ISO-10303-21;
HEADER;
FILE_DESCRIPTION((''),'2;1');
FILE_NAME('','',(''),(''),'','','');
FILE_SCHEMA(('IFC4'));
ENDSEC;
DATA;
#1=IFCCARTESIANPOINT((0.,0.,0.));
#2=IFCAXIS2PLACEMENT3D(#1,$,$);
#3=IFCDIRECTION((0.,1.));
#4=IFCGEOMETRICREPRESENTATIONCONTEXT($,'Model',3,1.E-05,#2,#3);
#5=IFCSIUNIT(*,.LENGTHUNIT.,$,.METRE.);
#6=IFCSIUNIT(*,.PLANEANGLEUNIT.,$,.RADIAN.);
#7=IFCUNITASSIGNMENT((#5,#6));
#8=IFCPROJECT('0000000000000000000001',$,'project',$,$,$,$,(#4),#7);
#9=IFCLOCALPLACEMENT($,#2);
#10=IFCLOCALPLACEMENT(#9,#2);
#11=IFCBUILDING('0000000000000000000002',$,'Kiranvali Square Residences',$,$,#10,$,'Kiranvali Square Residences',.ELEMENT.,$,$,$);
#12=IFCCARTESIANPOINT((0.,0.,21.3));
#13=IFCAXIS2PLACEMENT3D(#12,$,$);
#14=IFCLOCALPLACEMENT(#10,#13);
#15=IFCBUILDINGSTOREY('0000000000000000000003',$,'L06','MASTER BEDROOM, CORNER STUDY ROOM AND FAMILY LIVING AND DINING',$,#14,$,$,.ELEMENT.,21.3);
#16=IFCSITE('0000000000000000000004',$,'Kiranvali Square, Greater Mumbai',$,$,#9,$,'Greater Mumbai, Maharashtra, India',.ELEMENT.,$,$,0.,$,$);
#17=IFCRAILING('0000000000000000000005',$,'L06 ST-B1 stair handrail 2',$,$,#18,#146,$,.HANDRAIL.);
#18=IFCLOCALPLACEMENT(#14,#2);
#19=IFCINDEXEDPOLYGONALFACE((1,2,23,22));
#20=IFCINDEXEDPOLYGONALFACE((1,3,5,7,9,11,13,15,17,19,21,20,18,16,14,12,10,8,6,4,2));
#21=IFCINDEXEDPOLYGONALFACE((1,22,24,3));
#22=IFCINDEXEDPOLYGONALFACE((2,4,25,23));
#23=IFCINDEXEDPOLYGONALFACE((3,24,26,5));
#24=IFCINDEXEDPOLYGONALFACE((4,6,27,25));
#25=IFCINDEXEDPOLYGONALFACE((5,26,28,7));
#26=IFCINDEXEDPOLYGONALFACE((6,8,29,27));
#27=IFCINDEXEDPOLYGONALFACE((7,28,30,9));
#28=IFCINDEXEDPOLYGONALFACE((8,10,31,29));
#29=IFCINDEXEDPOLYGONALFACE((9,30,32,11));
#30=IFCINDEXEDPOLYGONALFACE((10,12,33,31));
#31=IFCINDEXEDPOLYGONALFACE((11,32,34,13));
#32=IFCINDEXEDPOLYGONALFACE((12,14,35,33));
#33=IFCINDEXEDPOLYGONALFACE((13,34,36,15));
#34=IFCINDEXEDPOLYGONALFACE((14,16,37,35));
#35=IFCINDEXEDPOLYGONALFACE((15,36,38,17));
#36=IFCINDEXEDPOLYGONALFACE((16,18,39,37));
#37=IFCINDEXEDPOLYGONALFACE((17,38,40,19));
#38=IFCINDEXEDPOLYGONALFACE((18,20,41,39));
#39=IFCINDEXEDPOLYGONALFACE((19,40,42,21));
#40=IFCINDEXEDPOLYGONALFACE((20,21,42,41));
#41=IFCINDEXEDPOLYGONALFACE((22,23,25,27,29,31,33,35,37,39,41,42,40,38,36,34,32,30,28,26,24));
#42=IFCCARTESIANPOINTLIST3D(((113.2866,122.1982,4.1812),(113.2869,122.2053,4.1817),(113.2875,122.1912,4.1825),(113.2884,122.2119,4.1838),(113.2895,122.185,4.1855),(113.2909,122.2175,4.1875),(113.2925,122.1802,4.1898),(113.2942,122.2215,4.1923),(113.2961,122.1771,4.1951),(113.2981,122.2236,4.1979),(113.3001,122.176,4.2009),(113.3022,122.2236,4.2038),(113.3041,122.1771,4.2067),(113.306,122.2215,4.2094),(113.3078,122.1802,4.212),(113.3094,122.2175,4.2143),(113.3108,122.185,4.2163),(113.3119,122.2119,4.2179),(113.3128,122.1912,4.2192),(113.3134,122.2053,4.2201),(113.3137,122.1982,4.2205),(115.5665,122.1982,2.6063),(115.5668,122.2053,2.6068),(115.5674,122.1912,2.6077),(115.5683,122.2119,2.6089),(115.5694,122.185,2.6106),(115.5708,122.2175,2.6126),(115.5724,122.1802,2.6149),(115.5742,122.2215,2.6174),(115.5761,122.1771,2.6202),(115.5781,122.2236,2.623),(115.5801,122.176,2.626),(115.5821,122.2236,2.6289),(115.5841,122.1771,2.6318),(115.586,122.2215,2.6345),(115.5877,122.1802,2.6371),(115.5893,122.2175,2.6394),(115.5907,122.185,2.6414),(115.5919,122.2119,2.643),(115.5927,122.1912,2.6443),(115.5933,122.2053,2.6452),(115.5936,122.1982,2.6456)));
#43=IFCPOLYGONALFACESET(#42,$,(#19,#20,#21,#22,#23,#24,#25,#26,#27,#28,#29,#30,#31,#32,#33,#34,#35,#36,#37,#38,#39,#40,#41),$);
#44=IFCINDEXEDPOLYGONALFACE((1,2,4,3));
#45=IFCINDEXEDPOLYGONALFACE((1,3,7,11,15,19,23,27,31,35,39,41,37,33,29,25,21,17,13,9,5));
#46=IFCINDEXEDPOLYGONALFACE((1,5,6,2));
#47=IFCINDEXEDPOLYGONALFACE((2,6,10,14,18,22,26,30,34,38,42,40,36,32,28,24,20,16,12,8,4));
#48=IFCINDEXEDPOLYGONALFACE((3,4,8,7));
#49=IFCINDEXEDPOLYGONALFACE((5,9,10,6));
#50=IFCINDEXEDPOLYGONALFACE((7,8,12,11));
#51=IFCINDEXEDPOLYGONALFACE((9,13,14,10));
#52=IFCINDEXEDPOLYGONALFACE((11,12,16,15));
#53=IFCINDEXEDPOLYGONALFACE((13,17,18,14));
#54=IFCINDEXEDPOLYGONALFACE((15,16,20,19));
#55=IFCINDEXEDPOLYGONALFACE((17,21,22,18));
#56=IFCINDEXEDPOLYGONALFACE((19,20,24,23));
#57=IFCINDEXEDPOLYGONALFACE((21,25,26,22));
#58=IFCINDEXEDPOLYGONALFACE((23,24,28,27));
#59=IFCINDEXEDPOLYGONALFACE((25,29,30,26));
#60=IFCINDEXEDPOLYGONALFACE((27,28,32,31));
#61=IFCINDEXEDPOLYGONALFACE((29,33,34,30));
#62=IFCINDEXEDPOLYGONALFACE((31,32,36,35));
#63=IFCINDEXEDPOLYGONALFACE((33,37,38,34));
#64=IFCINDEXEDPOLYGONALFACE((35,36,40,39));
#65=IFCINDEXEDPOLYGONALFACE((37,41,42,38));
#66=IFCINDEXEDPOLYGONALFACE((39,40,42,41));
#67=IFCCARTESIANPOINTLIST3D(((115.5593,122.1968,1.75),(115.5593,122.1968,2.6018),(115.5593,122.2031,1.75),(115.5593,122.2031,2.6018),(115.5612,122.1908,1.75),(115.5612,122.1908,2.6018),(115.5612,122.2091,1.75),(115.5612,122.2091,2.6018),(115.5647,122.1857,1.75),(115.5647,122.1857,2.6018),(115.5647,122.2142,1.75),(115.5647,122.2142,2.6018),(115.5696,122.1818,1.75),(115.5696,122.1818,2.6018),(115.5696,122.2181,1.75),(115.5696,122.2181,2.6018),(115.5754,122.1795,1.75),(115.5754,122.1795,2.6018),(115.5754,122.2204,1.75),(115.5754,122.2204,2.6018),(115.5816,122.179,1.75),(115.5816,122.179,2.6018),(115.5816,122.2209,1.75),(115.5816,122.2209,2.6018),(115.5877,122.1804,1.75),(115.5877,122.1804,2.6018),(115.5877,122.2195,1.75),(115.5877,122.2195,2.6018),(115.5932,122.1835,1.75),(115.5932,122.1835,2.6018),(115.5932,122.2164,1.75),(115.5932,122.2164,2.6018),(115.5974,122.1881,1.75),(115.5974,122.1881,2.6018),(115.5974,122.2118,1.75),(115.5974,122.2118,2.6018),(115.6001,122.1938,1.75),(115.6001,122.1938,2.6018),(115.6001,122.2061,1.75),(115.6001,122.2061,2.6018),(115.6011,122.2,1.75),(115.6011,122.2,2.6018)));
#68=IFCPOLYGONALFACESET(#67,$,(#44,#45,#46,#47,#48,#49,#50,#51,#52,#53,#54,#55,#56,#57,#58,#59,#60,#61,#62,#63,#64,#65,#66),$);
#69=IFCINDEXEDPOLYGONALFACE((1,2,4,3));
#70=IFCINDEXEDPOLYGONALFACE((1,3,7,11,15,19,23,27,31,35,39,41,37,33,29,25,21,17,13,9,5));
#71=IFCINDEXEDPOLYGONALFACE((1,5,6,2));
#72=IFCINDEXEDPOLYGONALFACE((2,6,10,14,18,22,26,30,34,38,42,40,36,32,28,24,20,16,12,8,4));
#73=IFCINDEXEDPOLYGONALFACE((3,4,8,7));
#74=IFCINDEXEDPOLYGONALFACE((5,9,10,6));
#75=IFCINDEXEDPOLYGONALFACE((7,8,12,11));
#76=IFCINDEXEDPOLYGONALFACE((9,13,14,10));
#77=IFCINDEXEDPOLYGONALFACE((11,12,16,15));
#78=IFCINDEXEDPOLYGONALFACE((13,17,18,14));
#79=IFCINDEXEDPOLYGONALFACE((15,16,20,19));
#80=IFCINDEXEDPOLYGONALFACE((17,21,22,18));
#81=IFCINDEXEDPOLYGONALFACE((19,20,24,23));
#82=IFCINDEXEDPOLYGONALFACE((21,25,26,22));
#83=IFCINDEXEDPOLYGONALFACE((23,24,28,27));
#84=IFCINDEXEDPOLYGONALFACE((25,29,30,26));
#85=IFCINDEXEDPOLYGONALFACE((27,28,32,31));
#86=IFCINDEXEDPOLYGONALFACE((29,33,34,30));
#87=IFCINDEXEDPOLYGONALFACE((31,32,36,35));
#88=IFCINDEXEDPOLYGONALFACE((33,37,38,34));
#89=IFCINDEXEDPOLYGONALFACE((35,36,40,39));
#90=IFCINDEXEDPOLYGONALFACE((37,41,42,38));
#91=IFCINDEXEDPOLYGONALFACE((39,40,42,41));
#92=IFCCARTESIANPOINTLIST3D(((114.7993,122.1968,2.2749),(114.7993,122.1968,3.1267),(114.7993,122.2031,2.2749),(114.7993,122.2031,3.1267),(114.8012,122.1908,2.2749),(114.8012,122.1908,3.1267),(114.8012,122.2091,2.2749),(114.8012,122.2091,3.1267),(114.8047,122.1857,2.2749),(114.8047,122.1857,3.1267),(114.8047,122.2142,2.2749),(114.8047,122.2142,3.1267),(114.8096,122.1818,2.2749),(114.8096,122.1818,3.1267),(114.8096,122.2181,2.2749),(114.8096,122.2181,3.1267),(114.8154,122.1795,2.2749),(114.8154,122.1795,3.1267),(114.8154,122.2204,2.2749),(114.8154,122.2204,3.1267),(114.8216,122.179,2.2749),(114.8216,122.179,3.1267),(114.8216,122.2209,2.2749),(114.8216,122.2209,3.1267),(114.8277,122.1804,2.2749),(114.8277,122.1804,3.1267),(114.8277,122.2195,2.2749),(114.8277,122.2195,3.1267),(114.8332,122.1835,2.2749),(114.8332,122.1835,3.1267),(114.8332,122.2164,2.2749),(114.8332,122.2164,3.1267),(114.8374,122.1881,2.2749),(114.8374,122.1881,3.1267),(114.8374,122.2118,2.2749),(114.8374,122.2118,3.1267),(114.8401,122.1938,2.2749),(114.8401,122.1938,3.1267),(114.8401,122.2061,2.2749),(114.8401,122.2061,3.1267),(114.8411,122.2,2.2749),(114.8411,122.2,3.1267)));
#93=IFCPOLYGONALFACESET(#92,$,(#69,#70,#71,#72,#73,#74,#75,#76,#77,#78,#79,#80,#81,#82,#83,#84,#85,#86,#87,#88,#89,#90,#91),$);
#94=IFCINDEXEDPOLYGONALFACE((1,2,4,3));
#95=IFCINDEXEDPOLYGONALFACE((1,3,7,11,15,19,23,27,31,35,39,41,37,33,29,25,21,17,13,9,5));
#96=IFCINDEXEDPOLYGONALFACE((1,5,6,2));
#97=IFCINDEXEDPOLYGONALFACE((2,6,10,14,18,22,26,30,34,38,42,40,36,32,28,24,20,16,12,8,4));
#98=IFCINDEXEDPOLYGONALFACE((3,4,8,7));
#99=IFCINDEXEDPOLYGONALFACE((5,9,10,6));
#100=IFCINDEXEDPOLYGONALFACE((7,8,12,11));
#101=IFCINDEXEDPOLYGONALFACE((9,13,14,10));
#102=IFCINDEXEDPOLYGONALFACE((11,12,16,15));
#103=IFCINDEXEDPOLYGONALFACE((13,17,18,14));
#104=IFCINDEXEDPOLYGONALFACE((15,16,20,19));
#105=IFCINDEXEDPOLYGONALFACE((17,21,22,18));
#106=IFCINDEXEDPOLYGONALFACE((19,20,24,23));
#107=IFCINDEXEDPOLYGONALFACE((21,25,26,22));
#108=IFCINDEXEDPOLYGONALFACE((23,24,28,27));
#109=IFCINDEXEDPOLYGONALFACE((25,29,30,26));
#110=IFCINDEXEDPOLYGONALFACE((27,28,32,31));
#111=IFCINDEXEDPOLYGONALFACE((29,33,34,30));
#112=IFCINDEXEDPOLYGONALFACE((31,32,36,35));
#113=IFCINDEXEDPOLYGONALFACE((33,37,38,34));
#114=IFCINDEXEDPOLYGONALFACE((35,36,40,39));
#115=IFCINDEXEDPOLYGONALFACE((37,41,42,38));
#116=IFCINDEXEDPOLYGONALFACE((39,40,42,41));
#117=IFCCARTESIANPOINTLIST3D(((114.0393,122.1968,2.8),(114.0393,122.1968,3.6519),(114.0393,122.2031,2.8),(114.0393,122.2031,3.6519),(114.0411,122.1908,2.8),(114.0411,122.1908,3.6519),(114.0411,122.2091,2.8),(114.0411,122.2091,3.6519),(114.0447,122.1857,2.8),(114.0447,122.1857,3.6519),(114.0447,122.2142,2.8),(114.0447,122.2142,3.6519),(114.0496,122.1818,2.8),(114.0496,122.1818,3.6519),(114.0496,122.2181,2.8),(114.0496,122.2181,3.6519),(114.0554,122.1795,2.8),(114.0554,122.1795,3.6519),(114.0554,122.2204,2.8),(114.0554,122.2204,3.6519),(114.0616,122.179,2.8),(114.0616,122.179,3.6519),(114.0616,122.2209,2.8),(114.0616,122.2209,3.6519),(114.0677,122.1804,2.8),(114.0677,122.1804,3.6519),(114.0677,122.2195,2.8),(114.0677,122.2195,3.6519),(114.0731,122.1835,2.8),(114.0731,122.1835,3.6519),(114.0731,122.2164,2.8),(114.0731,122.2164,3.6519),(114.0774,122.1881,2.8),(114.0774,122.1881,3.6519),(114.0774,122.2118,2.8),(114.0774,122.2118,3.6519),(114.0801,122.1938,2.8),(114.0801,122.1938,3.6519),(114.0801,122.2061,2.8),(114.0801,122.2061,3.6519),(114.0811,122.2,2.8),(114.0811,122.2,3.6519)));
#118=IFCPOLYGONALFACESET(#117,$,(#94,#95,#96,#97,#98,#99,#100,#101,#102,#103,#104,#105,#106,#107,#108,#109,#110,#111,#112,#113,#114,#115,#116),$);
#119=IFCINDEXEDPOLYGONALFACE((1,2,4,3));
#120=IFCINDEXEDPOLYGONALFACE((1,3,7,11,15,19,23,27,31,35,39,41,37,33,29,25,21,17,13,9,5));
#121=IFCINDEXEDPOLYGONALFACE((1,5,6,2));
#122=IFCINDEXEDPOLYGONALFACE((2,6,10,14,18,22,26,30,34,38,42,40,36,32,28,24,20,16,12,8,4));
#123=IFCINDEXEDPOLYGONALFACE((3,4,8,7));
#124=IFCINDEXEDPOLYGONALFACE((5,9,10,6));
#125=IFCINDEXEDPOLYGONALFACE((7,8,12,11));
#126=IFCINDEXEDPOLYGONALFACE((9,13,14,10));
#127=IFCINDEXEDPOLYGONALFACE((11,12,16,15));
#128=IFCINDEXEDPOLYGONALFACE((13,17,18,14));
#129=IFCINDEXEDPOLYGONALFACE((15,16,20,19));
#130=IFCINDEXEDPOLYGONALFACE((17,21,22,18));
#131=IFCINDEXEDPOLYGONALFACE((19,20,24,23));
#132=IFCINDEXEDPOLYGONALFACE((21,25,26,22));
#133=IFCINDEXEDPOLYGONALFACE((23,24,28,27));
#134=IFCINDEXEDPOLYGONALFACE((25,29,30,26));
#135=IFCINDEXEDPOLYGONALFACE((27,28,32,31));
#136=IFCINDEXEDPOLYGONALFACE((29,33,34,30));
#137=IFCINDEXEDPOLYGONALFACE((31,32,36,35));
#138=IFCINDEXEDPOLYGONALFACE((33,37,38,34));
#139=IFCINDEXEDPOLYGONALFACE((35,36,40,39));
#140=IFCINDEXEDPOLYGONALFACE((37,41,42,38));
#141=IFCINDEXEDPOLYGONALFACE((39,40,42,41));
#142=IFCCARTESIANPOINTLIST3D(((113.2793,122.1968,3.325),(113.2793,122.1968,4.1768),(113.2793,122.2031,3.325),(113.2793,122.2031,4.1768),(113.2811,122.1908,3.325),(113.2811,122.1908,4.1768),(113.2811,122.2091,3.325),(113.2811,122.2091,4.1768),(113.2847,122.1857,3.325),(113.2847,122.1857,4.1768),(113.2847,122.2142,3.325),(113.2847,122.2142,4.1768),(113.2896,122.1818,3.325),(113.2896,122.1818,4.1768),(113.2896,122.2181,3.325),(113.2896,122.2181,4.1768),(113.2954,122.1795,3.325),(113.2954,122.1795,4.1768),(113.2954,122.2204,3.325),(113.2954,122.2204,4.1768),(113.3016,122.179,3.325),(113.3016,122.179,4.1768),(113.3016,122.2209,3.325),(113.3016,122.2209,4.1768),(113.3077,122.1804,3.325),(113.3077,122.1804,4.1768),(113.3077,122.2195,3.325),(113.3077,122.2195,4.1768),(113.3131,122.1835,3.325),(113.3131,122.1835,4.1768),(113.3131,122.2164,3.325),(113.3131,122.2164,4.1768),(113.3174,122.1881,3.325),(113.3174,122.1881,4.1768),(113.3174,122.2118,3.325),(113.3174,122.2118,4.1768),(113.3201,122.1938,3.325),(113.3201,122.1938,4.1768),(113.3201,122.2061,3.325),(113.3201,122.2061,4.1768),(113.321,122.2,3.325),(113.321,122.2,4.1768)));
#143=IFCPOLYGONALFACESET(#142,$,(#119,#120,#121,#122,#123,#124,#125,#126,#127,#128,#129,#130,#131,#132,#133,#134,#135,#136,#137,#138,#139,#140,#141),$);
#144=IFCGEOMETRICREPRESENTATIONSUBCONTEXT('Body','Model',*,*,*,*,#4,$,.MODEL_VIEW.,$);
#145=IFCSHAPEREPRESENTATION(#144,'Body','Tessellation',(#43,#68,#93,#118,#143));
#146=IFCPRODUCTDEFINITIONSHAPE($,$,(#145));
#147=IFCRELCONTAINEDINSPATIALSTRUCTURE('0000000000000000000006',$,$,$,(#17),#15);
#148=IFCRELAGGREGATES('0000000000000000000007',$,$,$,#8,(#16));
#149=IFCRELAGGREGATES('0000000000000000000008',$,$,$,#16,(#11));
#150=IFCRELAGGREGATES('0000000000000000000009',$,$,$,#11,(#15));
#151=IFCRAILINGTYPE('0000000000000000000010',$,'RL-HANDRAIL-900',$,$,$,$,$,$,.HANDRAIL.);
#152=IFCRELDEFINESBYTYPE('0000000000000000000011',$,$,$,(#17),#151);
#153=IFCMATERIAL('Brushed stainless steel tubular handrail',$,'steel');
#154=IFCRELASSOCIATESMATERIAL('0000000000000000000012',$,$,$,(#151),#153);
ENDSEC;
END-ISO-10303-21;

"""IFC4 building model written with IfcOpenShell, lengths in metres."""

from ifc_helpers import new_model, si_unit, direction, frame, origin, origin_2d, place, context, subcontext, project, spatial, circle, extrude, material, type_object, element, save


model = new_model("IFC4")

# Units and contexts
model_context = context("Model", 3, precision=1e-05, world=origin(), true_north=direction((0.0, 1.0)))
body_context = subcontext(model_context, "Body", "Model", "MODEL_VIEW")
ifc_project = project(units=[si_unit("LENGTHUNIT", "METRE"), si_unit("PLANEANGLEUNIT", "RADIAN")], contexts=[model_context])

# Site, building, storey
site_placement = place(None, origin())
site = spatial("IfcSite", under=ifc_project, at=site_placement, Name="Kiranvali Square, Greater Mumbai", LongName="Greater Mumbai, Maharashtra, India", CompositionType="ELEMENT", RefElevation=0.0)
building_placement = place(site_placement, origin())
building = spatial("IfcBuilding", under=site, at=building_placement, Name="Kiranvali Square Residences", LongName="Kiranvali Square Residences", CompositionType="ELEMENT")
storey_placement = place(building_placement, frame((0.0, 0.0, 21.3)))
storey = spatial("IfcBuildingStorey", under=building, at=storey_placement, Name="L06", Description="MASTER BEDROOM, CORNER STUDY ROOM AND FAMILY LIVING AND DINING", CompositionType="ELEMENT", Elevation=21.3)

# Railing
ifc_material_1 = material(Name="Brushed stainless steel tubular handrail", Category="steel")
railing_type_1 = type_object("IfcRailingType", Name="RL-HANDRAIL-900", PredefinedType="HANDRAIL", material=ifc_material_1)
railing_1_placement = place(storey_placement, frame((115.5801, 122.2, 1.75)))
element("IfcRailing", 1, at=railing_1_placement, inside=storey, type_object=railing_type_1, Name="L06 ST-B1 stair handrail 2", PredefinedType="HANDRAIL", context=body_context, shape_type="SweptSolid", body=[
    extrude(circle(Radius=0.0239, at=origin_2d()), frame((0.0, 0.0, 0.876), z_axis=(-0.822788, 0.0, 0.568348), x_axis=(0.0, -1.0, 0.0)), (0.0, 0.0, 1.0), 2.771),
    extrude(circle(Radius=0.021, at=origin_2d()), origin(), (0.0, 0.0, 1.0), 0.8518),
    extrude(circle(Radius=0.021, at=origin_2d()), frame((-0.76, 0.0, 0.5249)), (0.0, 0.0, 1.0), 0.8518),
    extrude(circle(Radius=0.021, at=origin_2d()), frame((-1.52, 0.0, 1.05)), (0.0, 0.0, 1.0), 0.8518),
    extrude(circle(Radius=0.021, at=origin_2d()), frame((-2.28, 0.0, 1.575)), (0.0, 0.0, 1.0), 0.8518),
])

save(model, "model.ifc")
